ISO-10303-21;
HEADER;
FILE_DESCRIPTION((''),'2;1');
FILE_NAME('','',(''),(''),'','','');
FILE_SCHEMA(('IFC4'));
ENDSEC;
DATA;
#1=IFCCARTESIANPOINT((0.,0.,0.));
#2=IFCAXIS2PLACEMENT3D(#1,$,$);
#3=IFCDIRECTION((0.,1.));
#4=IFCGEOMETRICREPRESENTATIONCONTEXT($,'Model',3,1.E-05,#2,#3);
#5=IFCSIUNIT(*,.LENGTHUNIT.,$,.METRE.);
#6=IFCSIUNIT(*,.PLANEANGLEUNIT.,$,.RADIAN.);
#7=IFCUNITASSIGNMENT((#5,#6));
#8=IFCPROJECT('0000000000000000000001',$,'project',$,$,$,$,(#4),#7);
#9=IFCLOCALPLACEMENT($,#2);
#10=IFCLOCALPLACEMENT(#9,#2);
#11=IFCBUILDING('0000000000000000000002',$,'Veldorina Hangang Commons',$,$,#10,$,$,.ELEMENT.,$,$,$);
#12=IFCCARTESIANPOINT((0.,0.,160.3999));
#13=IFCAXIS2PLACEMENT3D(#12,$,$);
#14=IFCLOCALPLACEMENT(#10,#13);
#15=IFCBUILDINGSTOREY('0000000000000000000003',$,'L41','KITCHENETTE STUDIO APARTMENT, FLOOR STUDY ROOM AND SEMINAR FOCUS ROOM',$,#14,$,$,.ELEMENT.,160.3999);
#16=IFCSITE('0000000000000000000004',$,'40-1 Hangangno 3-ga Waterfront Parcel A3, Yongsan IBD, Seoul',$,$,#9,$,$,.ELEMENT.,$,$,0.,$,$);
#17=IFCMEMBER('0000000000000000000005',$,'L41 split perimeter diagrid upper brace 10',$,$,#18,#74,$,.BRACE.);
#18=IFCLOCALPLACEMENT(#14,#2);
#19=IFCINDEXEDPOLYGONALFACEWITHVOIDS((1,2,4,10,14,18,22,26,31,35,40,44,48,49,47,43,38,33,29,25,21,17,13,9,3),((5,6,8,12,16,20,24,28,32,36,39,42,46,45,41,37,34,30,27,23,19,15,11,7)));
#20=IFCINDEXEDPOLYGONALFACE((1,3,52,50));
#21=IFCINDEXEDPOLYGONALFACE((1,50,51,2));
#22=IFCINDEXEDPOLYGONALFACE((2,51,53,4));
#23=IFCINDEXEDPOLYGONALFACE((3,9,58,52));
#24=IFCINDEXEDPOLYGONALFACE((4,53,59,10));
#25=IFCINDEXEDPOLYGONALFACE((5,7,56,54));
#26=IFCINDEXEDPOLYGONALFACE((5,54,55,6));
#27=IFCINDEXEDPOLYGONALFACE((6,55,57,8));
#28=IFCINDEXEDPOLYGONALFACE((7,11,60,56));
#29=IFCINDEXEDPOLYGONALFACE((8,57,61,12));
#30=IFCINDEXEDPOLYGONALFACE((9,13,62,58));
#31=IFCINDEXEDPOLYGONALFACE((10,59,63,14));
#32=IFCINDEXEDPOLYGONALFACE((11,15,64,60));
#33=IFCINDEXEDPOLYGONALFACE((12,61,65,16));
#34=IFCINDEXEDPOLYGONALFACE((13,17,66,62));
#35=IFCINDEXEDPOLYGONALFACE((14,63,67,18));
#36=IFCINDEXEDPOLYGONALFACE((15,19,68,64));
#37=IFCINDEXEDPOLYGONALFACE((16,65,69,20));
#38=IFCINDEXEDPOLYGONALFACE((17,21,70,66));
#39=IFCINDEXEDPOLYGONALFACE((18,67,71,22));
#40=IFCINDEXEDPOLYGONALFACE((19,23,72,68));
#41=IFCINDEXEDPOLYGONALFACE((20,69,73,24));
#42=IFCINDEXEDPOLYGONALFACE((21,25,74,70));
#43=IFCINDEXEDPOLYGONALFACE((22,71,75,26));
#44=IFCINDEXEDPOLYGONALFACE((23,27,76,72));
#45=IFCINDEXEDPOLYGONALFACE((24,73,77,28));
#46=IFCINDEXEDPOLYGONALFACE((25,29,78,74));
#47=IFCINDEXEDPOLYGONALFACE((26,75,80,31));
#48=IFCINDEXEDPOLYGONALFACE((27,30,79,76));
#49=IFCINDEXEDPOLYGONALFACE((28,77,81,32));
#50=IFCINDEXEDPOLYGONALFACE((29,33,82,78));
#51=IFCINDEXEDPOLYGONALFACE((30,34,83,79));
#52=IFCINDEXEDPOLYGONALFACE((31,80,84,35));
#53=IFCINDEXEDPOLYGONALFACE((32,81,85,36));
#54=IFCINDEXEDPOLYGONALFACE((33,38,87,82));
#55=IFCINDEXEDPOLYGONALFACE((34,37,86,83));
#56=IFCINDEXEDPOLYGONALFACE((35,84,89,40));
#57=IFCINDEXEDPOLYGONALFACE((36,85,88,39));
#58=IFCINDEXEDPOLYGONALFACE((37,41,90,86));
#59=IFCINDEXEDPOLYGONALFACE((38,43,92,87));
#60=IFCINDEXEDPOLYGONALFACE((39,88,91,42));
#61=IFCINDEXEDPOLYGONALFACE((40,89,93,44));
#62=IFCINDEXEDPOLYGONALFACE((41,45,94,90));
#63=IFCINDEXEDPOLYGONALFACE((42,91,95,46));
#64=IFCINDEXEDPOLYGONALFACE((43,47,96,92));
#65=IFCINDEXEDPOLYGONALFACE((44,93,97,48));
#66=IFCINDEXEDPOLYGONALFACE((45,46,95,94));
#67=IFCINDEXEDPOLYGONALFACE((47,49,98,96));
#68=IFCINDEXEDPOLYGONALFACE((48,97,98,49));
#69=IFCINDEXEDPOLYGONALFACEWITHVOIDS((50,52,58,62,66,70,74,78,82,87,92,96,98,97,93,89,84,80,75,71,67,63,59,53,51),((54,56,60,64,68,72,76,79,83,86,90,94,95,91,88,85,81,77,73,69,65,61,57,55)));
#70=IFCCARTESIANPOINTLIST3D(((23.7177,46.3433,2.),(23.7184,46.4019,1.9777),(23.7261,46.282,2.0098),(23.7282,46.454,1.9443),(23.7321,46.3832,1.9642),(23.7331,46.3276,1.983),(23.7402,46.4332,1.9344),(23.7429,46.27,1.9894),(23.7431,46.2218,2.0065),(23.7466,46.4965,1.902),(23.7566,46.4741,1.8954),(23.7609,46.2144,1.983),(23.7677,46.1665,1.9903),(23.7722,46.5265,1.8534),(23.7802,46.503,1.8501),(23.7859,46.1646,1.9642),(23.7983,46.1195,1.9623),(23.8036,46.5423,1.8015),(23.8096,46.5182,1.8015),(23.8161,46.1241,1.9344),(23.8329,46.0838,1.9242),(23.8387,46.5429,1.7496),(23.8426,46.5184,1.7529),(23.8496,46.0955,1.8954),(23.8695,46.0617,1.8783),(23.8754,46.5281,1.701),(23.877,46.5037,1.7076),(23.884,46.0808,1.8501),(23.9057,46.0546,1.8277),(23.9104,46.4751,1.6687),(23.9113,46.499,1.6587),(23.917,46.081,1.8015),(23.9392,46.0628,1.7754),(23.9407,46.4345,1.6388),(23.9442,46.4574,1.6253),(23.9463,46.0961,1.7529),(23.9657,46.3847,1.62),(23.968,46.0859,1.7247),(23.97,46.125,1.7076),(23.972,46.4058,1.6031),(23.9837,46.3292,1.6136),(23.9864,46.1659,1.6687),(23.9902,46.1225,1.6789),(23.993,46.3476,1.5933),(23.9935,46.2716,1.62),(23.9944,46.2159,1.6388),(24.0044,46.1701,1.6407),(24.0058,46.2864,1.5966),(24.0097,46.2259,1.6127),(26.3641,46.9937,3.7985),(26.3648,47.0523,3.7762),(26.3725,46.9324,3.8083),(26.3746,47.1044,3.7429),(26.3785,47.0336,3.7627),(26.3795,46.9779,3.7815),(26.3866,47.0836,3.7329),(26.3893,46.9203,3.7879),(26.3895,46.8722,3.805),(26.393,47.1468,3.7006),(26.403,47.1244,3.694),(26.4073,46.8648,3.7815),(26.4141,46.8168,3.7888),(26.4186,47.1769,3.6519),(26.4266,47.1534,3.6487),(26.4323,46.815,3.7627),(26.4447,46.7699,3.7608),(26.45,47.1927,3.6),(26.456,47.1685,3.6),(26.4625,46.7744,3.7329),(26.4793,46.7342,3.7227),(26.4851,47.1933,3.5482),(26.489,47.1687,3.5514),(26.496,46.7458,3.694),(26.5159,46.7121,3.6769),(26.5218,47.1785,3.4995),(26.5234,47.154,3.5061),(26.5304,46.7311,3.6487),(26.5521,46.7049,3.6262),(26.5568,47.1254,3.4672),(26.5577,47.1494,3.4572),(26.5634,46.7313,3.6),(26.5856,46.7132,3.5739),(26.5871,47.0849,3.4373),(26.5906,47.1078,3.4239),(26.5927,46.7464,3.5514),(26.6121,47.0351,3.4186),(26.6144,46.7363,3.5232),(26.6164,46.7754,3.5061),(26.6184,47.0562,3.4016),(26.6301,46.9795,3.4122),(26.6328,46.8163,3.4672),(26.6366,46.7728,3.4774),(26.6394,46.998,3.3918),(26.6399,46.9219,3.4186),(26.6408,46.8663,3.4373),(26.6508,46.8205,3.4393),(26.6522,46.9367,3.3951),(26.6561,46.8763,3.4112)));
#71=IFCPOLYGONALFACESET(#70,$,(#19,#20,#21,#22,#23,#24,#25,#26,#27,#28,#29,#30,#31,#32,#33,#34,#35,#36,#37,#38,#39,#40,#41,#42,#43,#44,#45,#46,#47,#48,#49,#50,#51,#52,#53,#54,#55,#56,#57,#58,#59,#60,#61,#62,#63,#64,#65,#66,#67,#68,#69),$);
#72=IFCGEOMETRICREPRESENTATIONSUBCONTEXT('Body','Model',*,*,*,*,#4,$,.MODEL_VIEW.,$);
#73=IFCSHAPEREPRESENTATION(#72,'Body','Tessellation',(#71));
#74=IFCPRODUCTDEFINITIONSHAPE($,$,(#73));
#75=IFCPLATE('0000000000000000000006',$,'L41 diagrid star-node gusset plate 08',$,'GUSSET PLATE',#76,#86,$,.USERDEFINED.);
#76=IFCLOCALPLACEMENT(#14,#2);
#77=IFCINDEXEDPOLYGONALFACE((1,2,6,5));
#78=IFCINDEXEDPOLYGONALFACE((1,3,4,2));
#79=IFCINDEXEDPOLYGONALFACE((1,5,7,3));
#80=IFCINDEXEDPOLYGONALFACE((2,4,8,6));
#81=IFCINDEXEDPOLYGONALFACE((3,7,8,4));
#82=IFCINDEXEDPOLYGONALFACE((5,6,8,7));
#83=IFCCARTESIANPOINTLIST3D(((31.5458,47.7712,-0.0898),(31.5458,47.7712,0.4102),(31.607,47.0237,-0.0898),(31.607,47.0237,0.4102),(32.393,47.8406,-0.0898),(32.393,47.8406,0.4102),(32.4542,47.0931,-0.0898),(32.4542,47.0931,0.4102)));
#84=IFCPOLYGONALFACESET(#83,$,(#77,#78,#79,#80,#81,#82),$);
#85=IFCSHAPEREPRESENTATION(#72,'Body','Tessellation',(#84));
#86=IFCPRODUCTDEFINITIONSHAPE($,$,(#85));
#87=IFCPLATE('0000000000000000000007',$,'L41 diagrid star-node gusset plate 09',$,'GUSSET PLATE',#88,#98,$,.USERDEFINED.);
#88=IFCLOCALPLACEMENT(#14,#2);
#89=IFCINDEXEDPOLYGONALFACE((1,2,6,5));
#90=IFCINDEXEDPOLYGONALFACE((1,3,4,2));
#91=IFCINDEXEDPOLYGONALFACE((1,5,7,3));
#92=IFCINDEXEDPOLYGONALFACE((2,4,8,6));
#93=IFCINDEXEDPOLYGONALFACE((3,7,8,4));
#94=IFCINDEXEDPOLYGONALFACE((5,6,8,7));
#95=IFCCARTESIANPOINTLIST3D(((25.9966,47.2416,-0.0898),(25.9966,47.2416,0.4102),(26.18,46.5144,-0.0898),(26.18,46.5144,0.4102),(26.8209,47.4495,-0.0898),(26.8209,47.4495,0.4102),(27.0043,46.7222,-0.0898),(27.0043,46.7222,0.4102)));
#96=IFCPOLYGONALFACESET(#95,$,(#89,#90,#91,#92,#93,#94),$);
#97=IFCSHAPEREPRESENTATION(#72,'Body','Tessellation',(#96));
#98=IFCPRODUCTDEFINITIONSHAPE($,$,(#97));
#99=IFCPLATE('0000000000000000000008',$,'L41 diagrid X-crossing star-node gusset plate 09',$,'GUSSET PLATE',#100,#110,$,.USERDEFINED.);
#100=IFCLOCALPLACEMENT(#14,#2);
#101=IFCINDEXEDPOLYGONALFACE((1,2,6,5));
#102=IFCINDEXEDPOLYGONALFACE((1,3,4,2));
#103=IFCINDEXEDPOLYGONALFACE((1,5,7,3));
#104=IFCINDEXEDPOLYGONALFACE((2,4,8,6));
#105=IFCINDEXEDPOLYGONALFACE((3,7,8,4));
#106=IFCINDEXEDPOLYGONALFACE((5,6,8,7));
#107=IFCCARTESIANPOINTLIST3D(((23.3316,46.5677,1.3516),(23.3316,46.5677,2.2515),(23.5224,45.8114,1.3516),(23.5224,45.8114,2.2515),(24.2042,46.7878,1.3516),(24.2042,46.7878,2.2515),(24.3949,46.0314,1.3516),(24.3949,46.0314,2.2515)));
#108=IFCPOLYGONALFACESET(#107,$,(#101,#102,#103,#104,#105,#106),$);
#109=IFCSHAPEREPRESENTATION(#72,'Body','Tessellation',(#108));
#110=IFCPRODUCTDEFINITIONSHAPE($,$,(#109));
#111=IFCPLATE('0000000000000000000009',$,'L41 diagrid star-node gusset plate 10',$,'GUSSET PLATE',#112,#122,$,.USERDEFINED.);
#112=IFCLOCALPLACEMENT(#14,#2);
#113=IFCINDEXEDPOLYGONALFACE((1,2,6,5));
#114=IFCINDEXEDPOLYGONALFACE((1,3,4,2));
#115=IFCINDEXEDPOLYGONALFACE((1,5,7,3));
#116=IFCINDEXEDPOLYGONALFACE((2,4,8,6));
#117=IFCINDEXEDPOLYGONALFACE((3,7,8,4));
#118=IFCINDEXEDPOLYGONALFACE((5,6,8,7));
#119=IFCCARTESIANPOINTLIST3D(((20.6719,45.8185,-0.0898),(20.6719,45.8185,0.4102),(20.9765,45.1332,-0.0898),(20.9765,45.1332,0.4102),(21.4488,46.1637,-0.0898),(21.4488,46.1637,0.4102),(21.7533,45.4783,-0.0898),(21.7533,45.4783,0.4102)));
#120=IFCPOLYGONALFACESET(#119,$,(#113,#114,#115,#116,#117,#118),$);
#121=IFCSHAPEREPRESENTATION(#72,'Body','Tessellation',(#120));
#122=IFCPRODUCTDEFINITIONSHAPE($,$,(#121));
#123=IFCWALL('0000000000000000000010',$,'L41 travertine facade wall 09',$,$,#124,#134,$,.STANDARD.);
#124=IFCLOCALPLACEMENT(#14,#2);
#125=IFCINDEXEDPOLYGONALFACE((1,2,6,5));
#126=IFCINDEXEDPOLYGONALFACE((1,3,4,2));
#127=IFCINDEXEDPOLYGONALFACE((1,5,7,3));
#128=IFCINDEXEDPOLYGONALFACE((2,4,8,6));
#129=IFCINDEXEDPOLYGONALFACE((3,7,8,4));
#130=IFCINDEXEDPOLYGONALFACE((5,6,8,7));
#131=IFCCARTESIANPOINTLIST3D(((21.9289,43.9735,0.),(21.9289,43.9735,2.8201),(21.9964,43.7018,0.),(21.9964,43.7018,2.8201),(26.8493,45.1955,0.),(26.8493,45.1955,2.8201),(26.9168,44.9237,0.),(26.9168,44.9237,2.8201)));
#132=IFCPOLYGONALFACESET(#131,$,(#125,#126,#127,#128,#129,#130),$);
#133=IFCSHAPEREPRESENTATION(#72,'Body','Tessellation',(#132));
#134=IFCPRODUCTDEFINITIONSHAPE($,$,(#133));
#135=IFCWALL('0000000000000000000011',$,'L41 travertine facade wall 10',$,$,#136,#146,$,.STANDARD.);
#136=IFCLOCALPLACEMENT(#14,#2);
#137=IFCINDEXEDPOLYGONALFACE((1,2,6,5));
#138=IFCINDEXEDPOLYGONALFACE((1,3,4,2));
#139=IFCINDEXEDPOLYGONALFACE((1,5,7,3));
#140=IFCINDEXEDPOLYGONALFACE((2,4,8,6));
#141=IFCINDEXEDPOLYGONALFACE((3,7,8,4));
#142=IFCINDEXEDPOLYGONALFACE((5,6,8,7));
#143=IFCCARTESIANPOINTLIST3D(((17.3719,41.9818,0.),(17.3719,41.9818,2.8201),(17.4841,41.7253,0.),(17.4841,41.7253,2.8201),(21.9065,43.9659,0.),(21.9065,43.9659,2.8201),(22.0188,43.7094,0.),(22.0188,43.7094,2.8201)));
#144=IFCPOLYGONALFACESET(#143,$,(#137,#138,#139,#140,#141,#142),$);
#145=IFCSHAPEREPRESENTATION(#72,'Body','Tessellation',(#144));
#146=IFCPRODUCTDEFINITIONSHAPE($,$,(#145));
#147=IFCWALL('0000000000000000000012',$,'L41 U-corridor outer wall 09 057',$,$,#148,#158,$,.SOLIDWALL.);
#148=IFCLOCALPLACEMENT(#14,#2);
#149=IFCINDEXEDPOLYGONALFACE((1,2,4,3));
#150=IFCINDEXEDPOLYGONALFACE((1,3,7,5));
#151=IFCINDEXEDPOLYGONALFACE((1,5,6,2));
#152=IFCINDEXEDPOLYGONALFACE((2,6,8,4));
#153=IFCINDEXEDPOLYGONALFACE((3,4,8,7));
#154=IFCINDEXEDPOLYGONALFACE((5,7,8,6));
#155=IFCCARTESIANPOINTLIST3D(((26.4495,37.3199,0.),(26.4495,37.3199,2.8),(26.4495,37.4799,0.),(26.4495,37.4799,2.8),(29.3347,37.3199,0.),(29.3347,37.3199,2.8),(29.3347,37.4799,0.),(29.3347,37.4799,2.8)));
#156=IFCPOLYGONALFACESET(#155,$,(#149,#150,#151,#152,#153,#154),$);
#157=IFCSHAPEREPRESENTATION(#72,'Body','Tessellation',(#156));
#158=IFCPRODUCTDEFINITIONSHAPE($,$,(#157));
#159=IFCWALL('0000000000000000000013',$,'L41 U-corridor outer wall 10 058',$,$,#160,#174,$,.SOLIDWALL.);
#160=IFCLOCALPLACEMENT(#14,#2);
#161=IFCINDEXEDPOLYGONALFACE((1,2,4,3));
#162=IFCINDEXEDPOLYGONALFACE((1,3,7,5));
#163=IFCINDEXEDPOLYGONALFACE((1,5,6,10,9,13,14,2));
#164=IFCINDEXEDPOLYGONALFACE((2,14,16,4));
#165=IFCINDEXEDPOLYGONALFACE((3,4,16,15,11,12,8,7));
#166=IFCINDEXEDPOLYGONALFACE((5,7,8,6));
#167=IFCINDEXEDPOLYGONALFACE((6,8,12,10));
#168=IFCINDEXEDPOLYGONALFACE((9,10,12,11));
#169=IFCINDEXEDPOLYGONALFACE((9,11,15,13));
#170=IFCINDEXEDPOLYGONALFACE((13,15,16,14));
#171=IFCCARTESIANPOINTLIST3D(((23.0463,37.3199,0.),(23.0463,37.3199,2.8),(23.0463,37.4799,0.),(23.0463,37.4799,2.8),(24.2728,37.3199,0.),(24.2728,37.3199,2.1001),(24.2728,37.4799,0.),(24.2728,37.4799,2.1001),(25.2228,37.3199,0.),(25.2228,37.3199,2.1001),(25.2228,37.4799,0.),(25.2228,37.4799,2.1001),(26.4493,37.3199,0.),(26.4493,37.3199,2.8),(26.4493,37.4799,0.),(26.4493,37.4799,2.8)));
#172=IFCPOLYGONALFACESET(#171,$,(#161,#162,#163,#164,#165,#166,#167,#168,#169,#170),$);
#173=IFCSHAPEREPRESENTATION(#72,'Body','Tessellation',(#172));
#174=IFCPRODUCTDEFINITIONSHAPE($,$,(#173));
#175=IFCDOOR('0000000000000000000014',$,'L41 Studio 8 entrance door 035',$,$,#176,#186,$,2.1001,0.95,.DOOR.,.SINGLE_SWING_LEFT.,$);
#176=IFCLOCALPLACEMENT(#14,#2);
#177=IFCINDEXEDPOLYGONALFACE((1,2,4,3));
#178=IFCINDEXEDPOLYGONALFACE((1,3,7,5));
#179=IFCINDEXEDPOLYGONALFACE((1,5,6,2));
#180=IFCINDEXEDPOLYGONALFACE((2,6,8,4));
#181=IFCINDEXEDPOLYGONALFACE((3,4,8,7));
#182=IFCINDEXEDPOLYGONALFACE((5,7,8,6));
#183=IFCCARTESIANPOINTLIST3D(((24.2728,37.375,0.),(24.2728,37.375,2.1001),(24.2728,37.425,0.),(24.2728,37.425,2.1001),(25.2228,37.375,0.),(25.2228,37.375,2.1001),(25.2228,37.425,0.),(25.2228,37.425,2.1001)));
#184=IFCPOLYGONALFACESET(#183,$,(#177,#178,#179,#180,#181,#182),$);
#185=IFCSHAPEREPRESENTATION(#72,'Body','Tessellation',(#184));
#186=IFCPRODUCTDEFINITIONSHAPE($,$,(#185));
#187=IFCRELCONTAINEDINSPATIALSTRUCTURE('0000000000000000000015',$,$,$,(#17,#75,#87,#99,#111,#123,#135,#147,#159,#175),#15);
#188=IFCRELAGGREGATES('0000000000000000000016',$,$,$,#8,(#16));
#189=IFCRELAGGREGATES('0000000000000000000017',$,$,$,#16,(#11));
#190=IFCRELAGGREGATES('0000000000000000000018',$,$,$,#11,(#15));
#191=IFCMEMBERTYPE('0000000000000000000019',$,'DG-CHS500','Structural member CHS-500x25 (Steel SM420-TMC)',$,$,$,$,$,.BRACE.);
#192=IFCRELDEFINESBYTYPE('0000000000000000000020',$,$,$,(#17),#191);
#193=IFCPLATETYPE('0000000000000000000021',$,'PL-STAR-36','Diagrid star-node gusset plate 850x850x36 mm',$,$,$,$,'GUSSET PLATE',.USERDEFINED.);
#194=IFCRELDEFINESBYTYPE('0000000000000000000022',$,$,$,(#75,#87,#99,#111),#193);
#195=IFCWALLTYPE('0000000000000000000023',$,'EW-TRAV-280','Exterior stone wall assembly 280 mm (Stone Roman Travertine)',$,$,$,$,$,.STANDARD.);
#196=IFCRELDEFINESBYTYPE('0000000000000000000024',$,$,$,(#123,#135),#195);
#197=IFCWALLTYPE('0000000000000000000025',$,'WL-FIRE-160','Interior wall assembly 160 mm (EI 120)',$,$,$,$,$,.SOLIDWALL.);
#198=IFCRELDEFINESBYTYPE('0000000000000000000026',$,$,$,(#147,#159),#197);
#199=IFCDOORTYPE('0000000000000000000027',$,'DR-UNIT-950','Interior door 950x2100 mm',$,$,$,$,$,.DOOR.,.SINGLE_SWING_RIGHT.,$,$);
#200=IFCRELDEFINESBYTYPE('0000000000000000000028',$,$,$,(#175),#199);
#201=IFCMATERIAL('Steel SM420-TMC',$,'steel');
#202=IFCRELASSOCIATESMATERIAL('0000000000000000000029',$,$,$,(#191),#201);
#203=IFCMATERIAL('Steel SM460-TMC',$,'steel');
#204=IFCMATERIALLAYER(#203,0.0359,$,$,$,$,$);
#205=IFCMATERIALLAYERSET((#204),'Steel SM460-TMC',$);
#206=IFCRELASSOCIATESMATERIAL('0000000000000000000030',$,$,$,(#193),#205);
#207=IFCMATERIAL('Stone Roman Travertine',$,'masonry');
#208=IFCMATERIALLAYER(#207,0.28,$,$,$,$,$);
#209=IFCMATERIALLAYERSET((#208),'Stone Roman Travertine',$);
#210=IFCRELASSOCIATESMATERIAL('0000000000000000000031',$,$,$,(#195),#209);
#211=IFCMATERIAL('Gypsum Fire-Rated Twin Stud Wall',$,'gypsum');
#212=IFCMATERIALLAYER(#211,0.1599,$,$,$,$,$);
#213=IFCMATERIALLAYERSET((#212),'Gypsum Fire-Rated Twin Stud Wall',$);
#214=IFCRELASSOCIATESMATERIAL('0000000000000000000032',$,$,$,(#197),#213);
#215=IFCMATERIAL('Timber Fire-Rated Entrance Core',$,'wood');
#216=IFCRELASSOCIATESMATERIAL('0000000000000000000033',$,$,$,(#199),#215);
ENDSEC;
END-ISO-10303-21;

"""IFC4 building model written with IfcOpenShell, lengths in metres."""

from ifc_helpers import new_model, si_unit, direction, frame, frame_2d, origin, origin_2d, place, context, subcontext, project, spatial, rectangle, hollow_circle, extrude, material, layer, layer_set, material_profile, profile_set, type_object, element, fill, save


model = new_model("IFC4")

# Units and contexts
model_context = context("Model", 3, precision=1e-05, world=origin(), true_north=direction((0.0, 1.0)))
body_context = subcontext(model_context, "Body", "Model", "MODEL_VIEW")
ifc_project = project(units=[si_unit("LENGTHUNIT", "METRE"), si_unit("PLANEANGLEUNIT", "RADIAN")], contexts=[model_context])

# Site, building, storey
site_placement = place(None, origin())
site = spatial("IfcSite", under=ifc_project, at=site_placement, Name="40-1 Hangangno 3-ga Waterfront Parcel A3, Yongsan IBD, Seoul", CompositionType="ELEMENT", RefElevation=0.0)
building_placement = place(site_placement, origin())
building = spatial("IfcBuilding", under=site, at=building_placement, Name="Veldorina Hangang Commons", CompositionType="ELEMENT")
storey_placement = place(building_placement, frame((0.0, 0.0, 160.3999)))
storey = spatial("IfcBuildingStorey", under=building, at=storey_placement, Name="L41", Description="KITCHENETTE STUDIO APARTMENT, FLOOR STUDY ROOM AND SEMINAR FOCUS ROOM", CompositionType="ELEMENT", Elevation=160.3999)

# Shared definitions
ifc_material_1 = material(Name="Steel SM420-TMC", Category="steel")

# Member
ifc_material_profile_1 = material_profile(ifc_material_1, hollow_circle(Radius=0.25, WallThickness=0.0249, at=origin_2d()), Name="CHS-500x25")
ifc_profile_set_1 = profile_set([ifc_material_profile_1], Name="Steel SM420-TMC")
member_type = type_object("IfcMemberType", Name="DG-CHS500", Description="Structural member CHS-500x25 (Steel SM420-TMC)", PredefinedType="BRACE", material=ifc_profile_set_1)
member_1_placement = place(storey_placement, frame((23.8633, 46.2996, 1.8015), z_axis=(0.810502, 0.199186, 0.550828), x_axis=(-0.238655, 0.971104, 0.0)))
element("IfcMember", 1, at=member_1_placement, inside=storey, type_object=member_type, Name="L41 split perimeter diagrid upper brace 10", PredefinedType="BRACE", context=body_context, shape_type="SweptSolid", body=[
    extrude(hollow_circle(Radius=0.25, WallThickness=0.0249, at=origin_2d()), origin(), (0.0, 0.0, 1.0), 3.2651),
])

# Plates
ifc_material_2 = material(Name="Steel SM460-TMC", Category="steel")
ifc_layer_1 = layer(ifc_material_2, 0.0359)
ifc_layer_set_1 = layer_set([ifc_layer_1], Name="Steel SM460-TMC")
plate_type = type_object("IfcPlateType", Name="PL-STAR-36", Description="Diagrid star-node gusset plate 850x850x36 mm", ElementType="GUSSET PLATE", PredefinedType="USERDEFINED", material=ifc_layer_set_1)
for number, where, z_axis, x_axis, name in (
    (2, (32.0, 47.4321, -0.0898), (0.0, 0.0, 1.0), (-0.996666, -0.081591, 0.0), "L41 diagrid star-node gusset plate 08"),
    (3, (26.5005, 46.9819, -0.0898), (0.0, 0.0, 1.0), (-0.969646, -0.244512, 0.0), "L41 diagrid star-node gusset plate 09"),
):
    element("IfcPlate", number, at=place(storey_placement, frame(where, z_axis=z_axis, x_axis=x_axis)), inside=storey, type_object=plate_type, Name=name, ObjectType="GUSSET PLATE", PredefinedType="USERDEFINED", context=body_context, shape_type="SweptSolid", body=[
        extrude(rectangle(XDim=0.8501, YDim=0.75, at=origin_2d()), origin(), (0.0, 0.0, 1.0), 0.5),
    ])
plate_1_placement = place(storey_placement, frame((23.8633, 46.2996, 1.3516), z_axis=(0.0, 0.0, 1.0), x_axis=(-0.969646, -0.244512, 0.0)))
element("IfcPlate", 4, at=plate_1_placement, inside=storey, type_object=plate_type, Name="L41 diagrid X-crossing star-node gusset plate 09", ObjectType="GUSSET PLATE", PredefinedType="USERDEFINED", context=body_context, shape_type="SweptSolid", body=[
    extrude(rectangle(XDim=0.8999, YDim=0.78, at=origin_2d()), origin(), (0.0, 0.0, 1.0), 0.8999),
])
plate_2_placement = place(storey_placement, frame((21.2126, 45.6484, -0.0898), z_axis=(0.0, 0.0, 1.0), x_axis=(-0.913858, -0.406035, 0.0)))
element("IfcPlate", 5, at=plate_2_placement, inside=storey, type_object=plate_type, Name="L41 diagrid star-node gusset plate 10", ObjectType="GUSSET PLATE", PredefinedType="USERDEFINED", context=body_context, shape_type="SweptSolid", body=[
    extrude(rectangle(XDim=0.8501, YDim=0.75, at=origin_2d()), origin(), (0.0, 0.0, 1.0), 0.5),
])

# Walls
ifc_material_3 = material(Name="Stone Roman Travertine", Category="masonry")
ifc_layer_2 = layer(ifc_material_3, 0.28)
ifc_layer_set_2 = layer_set([ifc_layer_2], Name="Stone Roman Travertine")
wall_type_1 = type_object("IfcWallType", Name="EW-TRAV-280", Description="Exterior stone wall assembly 280 mm (Stone Roman Travertine)", PredefinedType="STANDARD", material=ifc_layer_set_2)
wall_1_placement = place(storey_placement, frame((26.8831, 45.0596, 0.0), z_axis=(0.0, 0.0, 1.0), x_axis=(-0.970521, -0.241017, 0.0)))
element("IfcWall", 6, at=wall_1_placement, inside=storey, type_object=wall_type_1, Name="L41 travertine facade wall 09", PredefinedType="STANDARD", context=body_context, shape_type="SweptSolid", body=[
    extrude(rectangle(XDim=5.0698, YDim=0.28, at=frame_2d((2.5349, 0.0))), origin(), (0.0, 0.0, 1.0), 2.8201),
])
wall_2_placement = place(storey_placement, frame((21.9626, 43.8376, 0.0), z_axis=(0.0, 0.0, 1.0), x_axis=(-0.916141, -0.400855, 0.0)))
element("IfcWall", 7, at=wall_2_placement, inside=storey, type_object=wall_type_1, Name="L41 travertine facade wall 10", PredefinedType="STANDARD", context=body_context, shape_type="SweptSolid", body=[
    extrude(rectangle(XDim=4.9497, YDim=0.28, at=frame_2d((2.4749, 0.0))), origin(), (0.0, 0.0, 1.0), 2.8201),
])
ifc_material_4 = material(Name="Gypsum Fire-Rated Twin Stud Wall", Category="gypsum")
ifc_layer_3 = layer(ifc_material_4, 0.1599)
ifc_layer_set_3 = layer_set([ifc_layer_3], Name="Gypsum Fire-Rated Twin Stud Wall")
wall_type_2 = type_object("IfcWallType", Name="WL-FIRE-160", Description="Interior wall assembly 160 mm (EI 120)", PredefinedType="SOLIDWALL", material=ifc_layer_set_3)
wall_3_placement = place(storey_placement, frame((29.3347, 37.3999, 0.0), z_axis=(0.0, 0.0, 1.0), x_axis=(-1.0, 0.0, 0.0)))
element("IfcWall", 8, at=wall_3_placement, inside=storey, type_object=wall_type_2, Name="L41 U-corridor outer wall 09 057", PredefinedType="SOLIDWALL", context=body_context, shape_type="SweptSolid", body=[
    extrude(rectangle(XDim=2.8853, YDim=0.1599, at=frame_2d((1.4426, 0.0))), origin(), (0.0, 0.0, 1.0), 2.8),
])

# Wall, opening, door
wall_4_placement = place(storey_placement, frame((26.4495, 37.3999, 0.0), z_axis=(0.0, 0.0, 1.0), x_axis=(-1.0, 0.0, 0.0)))
wall_4 = element("IfcWall", 9, at=wall_4_placement, inside=storey, type_object=wall_type_2, Name="L41 U-corridor outer wall 10 058", PredefinedType="SOLIDWALL", context=body_context, shape_type="SweptSolid", body=[
    extrude(rectangle(XDim=3.4031, YDim=0.1599, at=frame_2d((1.7017, 0.0))), origin(), (0.0, 0.0, 1.0), 2.8),
])
opening_1_placement = place(wall_4_placement, frame((1.2266, 0.0, 0.0)))
opening_1 = element("IfcOpeningElement", 10, at=opening_1_placement, cuts=wall_4, PredefinedType="OPENING", context=body_context, shape_type="SweptSolid", body=[
    extrude(rectangle(XDim=0.95, YDim=2.1001, at=frame_2d((0.4751, 1.05))), frame((0.0, 0.0898, 0.0), z_axis=(0.0, -1.0, 0.0), x_axis=(1.0, 0.0, 0.0)), (0.0, 0.0, 1.0), 0.1799),
])
ifc_material_5 = material(Name="Timber Fire-Rated Entrance Core", Category="wood")
door_type_1 = type_object("IfcDoorType", Name="DR-UNIT-950", Description="Interior door 950x2100 mm", OperationType="SINGLE_SWING_RIGHT", PredefinedType="DOOR", material=ifc_material_5)
door_1_placement = place(opening_1_placement, origin())
door_1 = element("IfcDoor", 11, at=door_1_placement, inside=storey, type_object=door_type_1, Name="L41 Studio 8 entrance door 035", OperationType="SINGLE_SWING_LEFT", OverallHeight=2.1001, OverallWidth=0.95, PredefinedType="DOOR", context=body_context, shape_type="SweptSolid", body=[
    extrude(rectangle(XDim=0.95, YDim=2.1001, at=frame_2d((0.4751, 1.05))), frame((0.0, 0.0249, 0.0), z_axis=(0.0, -1.0, 0.0), x_axis=(1.0, 0.0, 0.0)), (0.0, 0.0, 1.0), 0.05),
])
fill(opening_1, door_1)

save(model, "model.ifc")
